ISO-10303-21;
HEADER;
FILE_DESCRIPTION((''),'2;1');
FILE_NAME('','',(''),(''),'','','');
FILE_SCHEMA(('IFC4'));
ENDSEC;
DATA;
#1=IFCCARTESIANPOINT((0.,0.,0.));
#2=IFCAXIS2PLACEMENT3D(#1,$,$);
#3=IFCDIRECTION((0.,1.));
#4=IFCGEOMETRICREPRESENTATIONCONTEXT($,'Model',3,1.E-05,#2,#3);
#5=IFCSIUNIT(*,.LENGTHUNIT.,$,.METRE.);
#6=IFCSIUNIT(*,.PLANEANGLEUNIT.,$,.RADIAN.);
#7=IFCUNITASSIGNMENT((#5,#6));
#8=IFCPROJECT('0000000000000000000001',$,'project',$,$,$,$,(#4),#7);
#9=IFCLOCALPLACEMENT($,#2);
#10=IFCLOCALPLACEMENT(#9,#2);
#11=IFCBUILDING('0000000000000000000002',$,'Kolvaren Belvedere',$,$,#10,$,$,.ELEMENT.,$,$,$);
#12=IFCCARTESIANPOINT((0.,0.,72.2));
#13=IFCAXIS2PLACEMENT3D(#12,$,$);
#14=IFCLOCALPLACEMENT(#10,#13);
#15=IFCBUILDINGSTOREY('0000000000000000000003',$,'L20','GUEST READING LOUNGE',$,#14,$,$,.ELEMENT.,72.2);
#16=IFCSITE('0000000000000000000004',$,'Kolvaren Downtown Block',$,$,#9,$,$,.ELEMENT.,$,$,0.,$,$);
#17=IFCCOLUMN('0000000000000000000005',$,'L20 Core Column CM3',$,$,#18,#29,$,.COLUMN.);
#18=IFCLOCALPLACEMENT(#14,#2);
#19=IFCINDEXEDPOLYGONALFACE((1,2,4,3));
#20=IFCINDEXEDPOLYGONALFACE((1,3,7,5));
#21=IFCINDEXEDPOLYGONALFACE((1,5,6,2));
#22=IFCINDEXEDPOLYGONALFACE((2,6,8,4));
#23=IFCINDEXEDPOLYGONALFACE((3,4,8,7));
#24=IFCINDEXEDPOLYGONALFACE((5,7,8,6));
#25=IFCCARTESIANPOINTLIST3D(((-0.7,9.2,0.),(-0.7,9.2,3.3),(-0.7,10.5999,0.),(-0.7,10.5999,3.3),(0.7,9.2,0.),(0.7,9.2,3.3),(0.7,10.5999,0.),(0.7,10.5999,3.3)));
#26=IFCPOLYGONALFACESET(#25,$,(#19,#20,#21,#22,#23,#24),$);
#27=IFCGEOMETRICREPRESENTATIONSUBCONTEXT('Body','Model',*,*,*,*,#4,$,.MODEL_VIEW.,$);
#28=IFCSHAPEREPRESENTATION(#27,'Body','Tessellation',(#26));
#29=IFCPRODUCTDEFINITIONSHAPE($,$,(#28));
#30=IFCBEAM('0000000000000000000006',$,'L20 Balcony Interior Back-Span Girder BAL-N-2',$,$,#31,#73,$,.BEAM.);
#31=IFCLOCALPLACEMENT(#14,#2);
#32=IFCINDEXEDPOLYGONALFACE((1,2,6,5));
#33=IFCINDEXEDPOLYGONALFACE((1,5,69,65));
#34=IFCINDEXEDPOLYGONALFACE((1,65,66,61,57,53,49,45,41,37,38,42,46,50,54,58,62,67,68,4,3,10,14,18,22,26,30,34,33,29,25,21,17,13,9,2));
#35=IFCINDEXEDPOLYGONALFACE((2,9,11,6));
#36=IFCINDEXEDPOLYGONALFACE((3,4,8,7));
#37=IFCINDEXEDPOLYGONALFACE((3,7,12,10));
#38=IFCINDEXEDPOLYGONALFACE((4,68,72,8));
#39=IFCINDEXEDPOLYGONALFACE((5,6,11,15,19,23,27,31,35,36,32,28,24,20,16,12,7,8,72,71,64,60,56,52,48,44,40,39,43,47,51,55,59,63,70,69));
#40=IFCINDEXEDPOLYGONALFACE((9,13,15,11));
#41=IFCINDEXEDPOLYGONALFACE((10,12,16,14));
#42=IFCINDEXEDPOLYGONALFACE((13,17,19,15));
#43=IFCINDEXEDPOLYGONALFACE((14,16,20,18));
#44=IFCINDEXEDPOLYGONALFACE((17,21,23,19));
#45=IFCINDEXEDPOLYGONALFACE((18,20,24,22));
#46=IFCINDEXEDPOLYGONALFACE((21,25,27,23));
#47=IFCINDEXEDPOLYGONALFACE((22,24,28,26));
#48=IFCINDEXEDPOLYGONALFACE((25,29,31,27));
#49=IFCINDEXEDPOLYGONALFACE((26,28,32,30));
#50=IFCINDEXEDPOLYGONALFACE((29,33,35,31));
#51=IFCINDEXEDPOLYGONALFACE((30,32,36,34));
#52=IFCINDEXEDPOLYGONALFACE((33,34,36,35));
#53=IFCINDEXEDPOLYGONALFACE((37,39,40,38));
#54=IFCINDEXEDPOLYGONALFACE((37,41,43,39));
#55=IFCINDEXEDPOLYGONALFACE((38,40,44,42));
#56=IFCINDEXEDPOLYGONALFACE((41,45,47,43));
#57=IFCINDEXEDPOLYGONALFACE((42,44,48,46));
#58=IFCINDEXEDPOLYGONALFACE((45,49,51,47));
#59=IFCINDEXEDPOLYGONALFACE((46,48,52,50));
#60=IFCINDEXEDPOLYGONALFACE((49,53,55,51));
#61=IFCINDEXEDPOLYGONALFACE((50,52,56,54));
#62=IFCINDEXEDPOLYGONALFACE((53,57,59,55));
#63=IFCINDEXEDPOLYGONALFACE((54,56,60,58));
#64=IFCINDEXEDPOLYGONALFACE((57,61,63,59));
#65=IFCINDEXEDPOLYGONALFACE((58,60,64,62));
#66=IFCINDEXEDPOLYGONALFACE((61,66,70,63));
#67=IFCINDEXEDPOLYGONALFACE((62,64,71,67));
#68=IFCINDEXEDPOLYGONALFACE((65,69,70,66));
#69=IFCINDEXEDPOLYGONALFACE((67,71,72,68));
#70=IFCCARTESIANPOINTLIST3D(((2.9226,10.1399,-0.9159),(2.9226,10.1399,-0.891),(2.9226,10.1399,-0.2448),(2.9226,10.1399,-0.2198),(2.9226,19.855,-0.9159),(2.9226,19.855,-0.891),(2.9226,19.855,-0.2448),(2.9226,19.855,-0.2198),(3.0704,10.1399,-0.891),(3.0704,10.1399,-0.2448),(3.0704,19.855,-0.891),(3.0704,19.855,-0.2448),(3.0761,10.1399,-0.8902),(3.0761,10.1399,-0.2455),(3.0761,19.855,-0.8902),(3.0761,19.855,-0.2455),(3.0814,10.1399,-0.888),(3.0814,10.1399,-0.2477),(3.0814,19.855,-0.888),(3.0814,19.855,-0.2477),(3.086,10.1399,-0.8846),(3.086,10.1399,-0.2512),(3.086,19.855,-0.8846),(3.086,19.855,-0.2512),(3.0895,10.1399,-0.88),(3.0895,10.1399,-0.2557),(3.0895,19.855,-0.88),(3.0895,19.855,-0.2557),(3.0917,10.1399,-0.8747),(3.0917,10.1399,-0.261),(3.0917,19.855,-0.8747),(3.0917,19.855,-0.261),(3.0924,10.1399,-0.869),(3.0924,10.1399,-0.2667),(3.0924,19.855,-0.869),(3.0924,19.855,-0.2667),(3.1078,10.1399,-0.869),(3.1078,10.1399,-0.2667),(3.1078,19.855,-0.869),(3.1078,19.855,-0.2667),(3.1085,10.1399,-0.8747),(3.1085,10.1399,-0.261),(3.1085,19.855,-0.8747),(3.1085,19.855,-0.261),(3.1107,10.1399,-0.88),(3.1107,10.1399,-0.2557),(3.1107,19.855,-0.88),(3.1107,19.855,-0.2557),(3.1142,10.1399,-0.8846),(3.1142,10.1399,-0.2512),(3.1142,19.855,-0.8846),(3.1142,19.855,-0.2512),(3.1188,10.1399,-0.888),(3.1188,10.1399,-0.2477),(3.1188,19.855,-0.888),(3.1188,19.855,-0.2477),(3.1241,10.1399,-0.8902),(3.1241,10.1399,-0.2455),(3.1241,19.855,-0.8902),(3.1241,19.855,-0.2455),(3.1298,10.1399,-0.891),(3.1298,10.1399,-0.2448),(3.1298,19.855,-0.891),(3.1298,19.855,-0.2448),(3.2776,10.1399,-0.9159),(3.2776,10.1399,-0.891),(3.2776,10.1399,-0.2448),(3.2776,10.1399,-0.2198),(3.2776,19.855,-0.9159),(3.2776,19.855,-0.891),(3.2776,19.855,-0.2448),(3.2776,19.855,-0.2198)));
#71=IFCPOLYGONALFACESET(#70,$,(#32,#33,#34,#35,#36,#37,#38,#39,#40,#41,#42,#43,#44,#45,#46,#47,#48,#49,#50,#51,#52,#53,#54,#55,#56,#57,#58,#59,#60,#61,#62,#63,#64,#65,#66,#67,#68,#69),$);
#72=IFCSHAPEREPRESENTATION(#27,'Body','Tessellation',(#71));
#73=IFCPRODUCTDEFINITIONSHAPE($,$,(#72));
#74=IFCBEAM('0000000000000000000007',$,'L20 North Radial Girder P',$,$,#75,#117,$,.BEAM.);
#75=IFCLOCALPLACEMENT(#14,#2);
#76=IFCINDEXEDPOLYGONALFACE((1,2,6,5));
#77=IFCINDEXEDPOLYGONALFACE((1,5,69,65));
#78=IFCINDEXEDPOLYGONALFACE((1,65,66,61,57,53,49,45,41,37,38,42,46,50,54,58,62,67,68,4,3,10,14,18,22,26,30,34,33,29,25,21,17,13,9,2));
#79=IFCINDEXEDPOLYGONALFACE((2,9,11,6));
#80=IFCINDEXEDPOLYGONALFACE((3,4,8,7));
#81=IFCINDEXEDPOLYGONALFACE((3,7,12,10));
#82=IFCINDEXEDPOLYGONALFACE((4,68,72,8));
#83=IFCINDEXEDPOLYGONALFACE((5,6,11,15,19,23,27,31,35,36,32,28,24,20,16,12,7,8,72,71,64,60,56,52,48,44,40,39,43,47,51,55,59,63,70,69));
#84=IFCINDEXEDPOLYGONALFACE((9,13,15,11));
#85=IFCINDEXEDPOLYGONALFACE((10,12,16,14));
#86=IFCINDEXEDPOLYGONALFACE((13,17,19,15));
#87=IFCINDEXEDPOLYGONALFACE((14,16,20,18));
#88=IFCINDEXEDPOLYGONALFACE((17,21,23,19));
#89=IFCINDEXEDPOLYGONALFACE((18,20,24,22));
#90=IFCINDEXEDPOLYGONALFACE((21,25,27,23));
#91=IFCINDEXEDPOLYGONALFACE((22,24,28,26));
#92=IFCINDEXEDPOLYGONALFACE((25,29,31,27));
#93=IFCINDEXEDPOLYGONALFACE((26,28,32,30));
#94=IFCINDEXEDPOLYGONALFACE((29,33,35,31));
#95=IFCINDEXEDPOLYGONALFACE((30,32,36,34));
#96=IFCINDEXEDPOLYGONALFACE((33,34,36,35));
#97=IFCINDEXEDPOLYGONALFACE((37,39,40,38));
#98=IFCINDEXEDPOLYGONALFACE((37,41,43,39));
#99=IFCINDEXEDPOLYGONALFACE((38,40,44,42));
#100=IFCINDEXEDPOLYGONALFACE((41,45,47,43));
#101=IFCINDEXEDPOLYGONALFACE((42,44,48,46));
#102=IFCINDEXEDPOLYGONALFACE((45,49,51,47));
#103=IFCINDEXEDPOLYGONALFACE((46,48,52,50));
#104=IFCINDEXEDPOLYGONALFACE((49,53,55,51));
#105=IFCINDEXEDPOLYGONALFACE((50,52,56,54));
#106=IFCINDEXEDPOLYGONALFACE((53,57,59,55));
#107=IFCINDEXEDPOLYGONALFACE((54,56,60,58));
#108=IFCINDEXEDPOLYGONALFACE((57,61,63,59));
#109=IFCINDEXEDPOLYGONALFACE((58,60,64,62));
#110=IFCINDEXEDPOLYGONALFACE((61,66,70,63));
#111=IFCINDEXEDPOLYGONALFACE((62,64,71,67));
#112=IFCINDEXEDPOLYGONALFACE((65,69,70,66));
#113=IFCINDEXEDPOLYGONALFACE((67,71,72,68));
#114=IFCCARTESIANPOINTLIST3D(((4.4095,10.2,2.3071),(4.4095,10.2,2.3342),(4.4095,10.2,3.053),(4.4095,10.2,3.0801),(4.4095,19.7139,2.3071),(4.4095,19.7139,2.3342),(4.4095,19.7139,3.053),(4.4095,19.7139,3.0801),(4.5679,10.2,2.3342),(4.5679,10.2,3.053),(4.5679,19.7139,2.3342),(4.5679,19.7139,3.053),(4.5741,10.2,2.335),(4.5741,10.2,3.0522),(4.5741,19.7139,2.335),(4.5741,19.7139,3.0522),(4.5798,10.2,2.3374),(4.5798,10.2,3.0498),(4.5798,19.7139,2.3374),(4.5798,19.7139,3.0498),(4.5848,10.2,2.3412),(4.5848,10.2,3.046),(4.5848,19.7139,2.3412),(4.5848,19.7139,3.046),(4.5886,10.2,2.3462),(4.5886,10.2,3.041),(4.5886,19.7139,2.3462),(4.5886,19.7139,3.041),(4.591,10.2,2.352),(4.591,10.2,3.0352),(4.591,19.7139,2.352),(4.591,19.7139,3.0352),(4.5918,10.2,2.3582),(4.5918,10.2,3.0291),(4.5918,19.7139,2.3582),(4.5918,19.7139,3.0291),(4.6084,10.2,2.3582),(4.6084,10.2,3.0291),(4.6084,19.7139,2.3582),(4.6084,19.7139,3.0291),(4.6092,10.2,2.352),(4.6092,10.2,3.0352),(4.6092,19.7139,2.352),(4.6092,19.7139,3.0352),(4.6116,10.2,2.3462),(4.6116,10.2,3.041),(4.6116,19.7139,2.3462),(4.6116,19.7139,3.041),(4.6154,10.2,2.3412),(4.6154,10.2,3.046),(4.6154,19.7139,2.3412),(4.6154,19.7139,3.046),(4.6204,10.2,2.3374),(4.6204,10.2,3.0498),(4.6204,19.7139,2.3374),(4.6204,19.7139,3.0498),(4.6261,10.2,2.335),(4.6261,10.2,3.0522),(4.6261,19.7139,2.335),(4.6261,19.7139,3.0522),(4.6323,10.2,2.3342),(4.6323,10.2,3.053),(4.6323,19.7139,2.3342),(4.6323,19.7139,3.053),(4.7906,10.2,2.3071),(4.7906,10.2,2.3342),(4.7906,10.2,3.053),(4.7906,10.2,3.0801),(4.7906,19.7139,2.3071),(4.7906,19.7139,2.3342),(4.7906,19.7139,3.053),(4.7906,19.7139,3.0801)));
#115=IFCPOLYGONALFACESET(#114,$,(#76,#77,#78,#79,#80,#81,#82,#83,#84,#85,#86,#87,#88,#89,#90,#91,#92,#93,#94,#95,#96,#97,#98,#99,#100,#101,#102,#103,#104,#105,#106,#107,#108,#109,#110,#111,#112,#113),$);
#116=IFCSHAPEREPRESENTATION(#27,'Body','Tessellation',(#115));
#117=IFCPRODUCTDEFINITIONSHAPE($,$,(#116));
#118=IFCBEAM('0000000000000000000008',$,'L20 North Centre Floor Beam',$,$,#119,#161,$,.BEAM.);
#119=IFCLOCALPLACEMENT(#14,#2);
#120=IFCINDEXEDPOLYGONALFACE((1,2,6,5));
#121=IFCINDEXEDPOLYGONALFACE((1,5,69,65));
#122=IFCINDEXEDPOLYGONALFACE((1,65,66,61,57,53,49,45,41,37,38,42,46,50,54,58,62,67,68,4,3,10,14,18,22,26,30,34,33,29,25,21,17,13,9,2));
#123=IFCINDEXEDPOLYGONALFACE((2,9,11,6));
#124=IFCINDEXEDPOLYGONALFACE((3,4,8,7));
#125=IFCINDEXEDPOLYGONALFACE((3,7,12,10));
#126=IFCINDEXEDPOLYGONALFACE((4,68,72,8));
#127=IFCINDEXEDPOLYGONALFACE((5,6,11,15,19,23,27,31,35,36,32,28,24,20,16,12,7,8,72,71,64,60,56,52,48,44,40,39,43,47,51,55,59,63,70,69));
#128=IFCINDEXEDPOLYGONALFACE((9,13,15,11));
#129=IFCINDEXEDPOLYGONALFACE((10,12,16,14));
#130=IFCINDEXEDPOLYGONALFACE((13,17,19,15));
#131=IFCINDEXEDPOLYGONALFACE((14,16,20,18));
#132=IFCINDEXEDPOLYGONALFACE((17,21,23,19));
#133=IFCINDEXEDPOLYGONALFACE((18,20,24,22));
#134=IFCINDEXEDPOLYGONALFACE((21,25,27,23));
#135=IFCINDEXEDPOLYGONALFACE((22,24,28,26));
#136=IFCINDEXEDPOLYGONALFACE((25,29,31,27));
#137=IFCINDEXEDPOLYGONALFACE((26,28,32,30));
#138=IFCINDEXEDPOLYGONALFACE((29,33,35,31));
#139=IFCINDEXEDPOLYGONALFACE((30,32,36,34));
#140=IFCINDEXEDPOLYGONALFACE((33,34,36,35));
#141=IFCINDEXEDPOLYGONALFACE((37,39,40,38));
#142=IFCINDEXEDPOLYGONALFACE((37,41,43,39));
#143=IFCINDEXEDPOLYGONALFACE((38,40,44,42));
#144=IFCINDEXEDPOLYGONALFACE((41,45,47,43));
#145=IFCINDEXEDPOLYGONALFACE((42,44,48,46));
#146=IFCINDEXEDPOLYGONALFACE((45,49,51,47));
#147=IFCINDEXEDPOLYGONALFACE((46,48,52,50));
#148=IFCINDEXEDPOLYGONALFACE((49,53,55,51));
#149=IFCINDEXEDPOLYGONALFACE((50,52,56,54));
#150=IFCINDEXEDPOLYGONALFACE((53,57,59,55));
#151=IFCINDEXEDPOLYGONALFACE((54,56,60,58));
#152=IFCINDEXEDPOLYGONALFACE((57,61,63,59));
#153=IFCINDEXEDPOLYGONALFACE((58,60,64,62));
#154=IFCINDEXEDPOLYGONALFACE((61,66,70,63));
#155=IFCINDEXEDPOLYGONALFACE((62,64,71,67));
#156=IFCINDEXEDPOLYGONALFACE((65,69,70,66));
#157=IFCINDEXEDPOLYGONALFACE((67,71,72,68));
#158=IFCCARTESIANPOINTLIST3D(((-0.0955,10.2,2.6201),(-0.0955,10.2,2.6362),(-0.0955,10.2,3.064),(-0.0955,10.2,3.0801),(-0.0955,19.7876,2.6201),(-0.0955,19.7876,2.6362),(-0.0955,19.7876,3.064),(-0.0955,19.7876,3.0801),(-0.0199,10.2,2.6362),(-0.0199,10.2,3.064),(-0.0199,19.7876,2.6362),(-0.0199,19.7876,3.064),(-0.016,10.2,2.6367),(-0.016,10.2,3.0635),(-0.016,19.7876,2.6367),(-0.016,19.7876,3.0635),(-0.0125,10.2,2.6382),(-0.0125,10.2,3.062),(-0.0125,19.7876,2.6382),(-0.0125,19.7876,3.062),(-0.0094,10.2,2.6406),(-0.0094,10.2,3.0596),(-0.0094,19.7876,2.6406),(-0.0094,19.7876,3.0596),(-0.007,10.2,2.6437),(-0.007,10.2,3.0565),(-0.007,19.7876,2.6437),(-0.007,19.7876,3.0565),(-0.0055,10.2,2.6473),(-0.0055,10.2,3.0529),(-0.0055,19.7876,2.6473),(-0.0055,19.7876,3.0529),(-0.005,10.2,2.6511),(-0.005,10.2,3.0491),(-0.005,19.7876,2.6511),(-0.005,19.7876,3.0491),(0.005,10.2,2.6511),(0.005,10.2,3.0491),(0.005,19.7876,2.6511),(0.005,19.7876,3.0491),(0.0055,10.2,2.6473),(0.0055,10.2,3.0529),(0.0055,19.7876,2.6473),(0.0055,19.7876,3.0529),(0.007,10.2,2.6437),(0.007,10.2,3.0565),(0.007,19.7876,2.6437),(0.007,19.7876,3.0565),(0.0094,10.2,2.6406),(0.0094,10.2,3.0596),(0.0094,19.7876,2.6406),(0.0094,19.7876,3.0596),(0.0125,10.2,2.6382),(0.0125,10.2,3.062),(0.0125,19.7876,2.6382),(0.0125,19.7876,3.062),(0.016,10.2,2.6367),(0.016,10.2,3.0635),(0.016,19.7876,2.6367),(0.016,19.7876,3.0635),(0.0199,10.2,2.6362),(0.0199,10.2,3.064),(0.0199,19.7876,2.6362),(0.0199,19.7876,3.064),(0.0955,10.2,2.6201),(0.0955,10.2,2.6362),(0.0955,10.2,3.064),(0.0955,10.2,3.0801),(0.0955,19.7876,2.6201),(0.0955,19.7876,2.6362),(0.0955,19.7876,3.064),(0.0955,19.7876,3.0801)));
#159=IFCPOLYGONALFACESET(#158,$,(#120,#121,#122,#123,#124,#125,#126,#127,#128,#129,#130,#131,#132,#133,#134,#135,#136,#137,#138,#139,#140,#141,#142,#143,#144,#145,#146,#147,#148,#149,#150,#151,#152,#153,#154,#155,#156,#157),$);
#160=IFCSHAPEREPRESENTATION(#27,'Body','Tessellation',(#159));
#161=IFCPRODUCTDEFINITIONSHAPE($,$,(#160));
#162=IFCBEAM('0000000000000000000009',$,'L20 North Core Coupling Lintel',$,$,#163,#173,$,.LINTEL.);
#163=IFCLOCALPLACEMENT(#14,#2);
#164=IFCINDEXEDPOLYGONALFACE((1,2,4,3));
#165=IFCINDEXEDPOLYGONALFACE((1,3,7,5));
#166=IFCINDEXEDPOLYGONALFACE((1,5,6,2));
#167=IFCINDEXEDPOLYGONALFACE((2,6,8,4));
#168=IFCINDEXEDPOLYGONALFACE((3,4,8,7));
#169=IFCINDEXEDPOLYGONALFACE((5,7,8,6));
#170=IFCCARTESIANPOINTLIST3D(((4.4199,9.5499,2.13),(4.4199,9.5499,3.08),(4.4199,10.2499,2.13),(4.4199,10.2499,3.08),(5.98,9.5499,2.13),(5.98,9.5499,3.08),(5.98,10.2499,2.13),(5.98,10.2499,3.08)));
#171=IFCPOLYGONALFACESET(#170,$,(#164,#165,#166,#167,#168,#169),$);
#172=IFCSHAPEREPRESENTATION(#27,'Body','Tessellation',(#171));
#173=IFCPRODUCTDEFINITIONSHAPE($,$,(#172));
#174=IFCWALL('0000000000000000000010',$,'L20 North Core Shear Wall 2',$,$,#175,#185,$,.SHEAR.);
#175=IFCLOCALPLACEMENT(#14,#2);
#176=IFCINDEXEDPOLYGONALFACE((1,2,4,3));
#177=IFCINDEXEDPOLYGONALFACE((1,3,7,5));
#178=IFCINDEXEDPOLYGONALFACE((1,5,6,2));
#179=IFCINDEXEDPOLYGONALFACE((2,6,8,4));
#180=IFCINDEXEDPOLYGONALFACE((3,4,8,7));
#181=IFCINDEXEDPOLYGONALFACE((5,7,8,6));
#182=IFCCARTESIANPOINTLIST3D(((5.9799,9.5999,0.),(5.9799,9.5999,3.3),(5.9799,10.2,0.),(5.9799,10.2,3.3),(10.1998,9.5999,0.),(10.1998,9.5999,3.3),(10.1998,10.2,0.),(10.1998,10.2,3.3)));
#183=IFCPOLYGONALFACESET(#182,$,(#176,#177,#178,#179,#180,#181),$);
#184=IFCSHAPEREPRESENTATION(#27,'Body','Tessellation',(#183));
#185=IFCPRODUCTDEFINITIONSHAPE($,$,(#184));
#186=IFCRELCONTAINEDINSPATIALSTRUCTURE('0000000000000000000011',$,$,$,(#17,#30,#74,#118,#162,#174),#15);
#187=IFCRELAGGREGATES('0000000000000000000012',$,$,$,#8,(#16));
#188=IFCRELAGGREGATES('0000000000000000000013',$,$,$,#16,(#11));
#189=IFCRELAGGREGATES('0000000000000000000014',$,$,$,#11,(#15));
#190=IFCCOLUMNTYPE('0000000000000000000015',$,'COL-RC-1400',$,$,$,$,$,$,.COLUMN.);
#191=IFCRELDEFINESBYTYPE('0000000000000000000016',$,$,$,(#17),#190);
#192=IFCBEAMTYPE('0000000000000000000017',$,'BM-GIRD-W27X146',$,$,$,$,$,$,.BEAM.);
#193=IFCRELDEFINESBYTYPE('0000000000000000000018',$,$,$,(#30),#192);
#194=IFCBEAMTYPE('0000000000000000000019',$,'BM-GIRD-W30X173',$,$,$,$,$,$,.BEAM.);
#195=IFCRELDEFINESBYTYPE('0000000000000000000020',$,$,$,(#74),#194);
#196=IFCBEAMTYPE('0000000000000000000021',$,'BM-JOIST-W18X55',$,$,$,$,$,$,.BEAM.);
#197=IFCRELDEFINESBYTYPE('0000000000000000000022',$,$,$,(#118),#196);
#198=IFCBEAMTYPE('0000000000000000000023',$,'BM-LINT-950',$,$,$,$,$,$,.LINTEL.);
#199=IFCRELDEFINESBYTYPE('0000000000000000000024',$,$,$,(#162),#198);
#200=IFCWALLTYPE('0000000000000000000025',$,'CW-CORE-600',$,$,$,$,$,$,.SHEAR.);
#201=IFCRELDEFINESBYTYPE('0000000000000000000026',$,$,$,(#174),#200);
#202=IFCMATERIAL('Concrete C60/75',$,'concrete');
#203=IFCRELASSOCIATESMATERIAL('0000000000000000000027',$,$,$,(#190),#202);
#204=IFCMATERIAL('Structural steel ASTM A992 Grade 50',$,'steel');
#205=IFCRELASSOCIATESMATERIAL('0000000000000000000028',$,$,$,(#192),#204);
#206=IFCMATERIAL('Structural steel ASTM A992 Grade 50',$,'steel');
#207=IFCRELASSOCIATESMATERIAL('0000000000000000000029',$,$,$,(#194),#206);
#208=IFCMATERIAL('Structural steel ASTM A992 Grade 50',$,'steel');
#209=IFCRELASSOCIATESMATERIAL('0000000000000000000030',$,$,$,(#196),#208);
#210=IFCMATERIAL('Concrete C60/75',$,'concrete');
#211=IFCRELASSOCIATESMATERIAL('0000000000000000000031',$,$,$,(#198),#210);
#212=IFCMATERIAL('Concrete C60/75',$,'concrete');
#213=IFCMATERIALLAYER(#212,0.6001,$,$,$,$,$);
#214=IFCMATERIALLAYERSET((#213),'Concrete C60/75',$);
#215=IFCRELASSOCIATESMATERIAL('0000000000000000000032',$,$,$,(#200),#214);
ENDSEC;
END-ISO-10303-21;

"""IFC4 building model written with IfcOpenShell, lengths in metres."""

from ifc_helpers import new_model, si_unit, direction, frame, frame_2d, origin, origin_2d, place, context, subcontext, project, spatial, rectangle, i_section, extrude, material, layer, layer_set, material_profile, profile_set, type_object, element, save


model = new_model("IFC4")

# Units and contexts
model_context = context("Model", 3, precision=1e-05, world=origin(), true_north=direction((0.0, 1.0)))
body_context = subcontext(model_context, "Body", "Model", "MODEL_VIEW")
ifc_project = project(units=[si_unit("LENGTHUNIT", "METRE"), si_unit("PLANEANGLEUNIT", "RADIAN")], contexts=[model_context])

# Site, building, storey
site_placement = place(None, origin())
site = spatial("IfcSite", under=ifc_project, at=site_placement, Name="Kolvaren Downtown Block", CompositionType="ELEMENT", RefElevation=0.0)
building_placement = place(site_placement, origin())
building = spatial("IfcBuilding", under=site, at=building_placement, Name="Kolvaren Belvedere", CompositionType="ELEMENT")
storey_placement = place(building_placement, frame((0.0, 0.0, 72.2)))
storey = spatial("IfcBuildingStorey", under=building, at=storey_placement, Name="L20", Description="GUEST READING LOUNGE", CompositionType="ELEMENT", Elevation=72.2)

# Column
ifc_material_1 = material(Name="Concrete C60/75", Category="concrete")
ifc_material_profile_1 = material_profile(ifc_material_1, rectangle(XDim=1.3999, YDim=1.3999, at=origin_2d()), Name="RC 1400X1400")
ifc_profile_set_1 = profile_set([ifc_material_profile_1], Name="Concrete C60/75")
column_type = type_object("IfcColumnType", Name="COL-RC-1400", PredefinedType="COLUMN", material=ifc_profile_set_1)
column_placement = place(storey_placement, frame((0.0, 9.8999, 0.0), z_axis=(0.0, 0.0, 1.0), x_axis=(1.0, 0.0, 0.0)))
element("IfcColumn", 1, at=column_placement, inside=storey, type_object=column_type, Name="L20 Core Column CM3", PredefinedType="COLUMN", context=body_context, shape_type="SweptSolid", body=[
    extrude(rectangle(XDim=1.3999, YDim=1.3999, at=origin_2d()), origin(), (0.0, 0.0, 1.0), 3.3),
])

# Beams
ifc_material_2 = material(Name="Structural steel ASTM A992 Grade 50", Category="steel")
ifc_material_profile_2 = material_profile(ifc_material_2, i_section(OverallWidth=0.355, OverallDepth=0.696, WebThickness=0.0154, FlangeThickness=0.0249, FilletRadius=0.022, at=origin_2d()), Name="W27X146")
ifc_profile_set_2 = profile_set([ifc_material_profile_2], Name="Structural steel ASTM A992 Grade 50")
beam_type_1 = type_object("IfcBeamType", Name="BM-GIRD-W27X146", PredefinedType="BEAM", material=ifc_profile_set_2)
beam_1_placement = place(storey_placement, frame((3.1001, 10.1399, -0.5679), z_axis=(0.0, 1.0, 0.0), x_axis=(-1.0, 0.0, 0.0)))
element("IfcBeam", 2, at=beam_1_placement, inside=storey, type_object=beam_type_1, Name="L20 Balcony Interior Back-Span Girder BAL-N-2", PredefinedType="BEAM", context=body_context, shape_type="SweptSolid", body=[
    extrude(i_section(OverallWidth=0.355, OverallDepth=0.696, WebThickness=0.0154, FlangeThickness=0.0249, FilletRadius=0.022, at=origin_2d()), origin(), (0.0, 0.0, 1.0), 9.7151),
])
ifc_material_3 = material(Name="Structural steel ASTM A992 Grade 50", Category="steel")
ifc_material_profile_3 = material_profile(ifc_material_3, i_section(OverallWidth=0.3811, OverallDepth=0.7729, WebThickness=0.0166, FlangeThickness=0.0271, FilletRadius=0.0239, at=origin_2d()), Name="W30X173")
ifc_profile_set_3 = profile_set([ifc_material_profile_3], Name="Structural steel ASTM A992 Grade 50")
beam_type_2 = type_object("IfcBeamType", Name="BM-GIRD-W30X173", PredefinedType="BEAM", material=ifc_profile_set_3)
beam_2_placement = place(storey_placement, frame((4.6001, 10.2, 2.6936), z_axis=(0.0, 1.0, 0.0), x_axis=(-1.0, 0.0, 0.0)))
element("IfcBeam", 3, at=beam_2_placement, inside=storey, type_object=beam_type_2, Name="L20 North Radial Girder P", PredefinedType="BEAM", context=body_context, shape_type="SweptSolid", body=[
    extrude(i_section(OverallWidth=0.3811, OverallDepth=0.7729, WebThickness=0.0166, FlangeThickness=0.0271, FilletRadius=0.0239, at=origin_2d()), origin(), (0.0, 0.0, 1.0), 9.5139),
])
ifc_material_4 = material(Name="Structural steel ASTM A992 Grade 50", Category="steel")
ifc_material_profile_4 = material_profile(ifc_material_4, i_section(OverallWidth=0.1909, OverallDepth=0.46, WebThickness=0.01, FlangeThickness=0.0161, FilletRadius=0.0149, at=origin_2d()), Name="W18X55")
ifc_profile_set_4 = profile_set([ifc_material_profile_4], Name="Structural steel ASTM A992 Grade 50")
beam_type_3 = type_object("IfcBeamType", Name="BM-JOIST-W18X55", PredefinedType="BEAM", material=ifc_profile_set_4)
beam_3_placement = place(storey_placement, frame((0.0, 10.2, 2.8501), z_axis=(0.0, 1.0, 0.0), x_axis=(-1.0, 0.0, 0.0)))
element("IfcBeam", 4, at=beam_3_placement, inside=storey, type_object=beam_type_3, Name="L20 North Centre Floor Beam", PredefinedType="BEAM", context=body_context, shape_type="SweptSolid", body=[
    extrude(i_section(OverallWidth=0.1909, OverallDepth=0.46, WebThickness=0.01, FlangeThickness=0.0161, FilletRadius=0.0149, at=origin_2d()), origin(), (0.0, 0.0, 1.0), 9.5876),
])
ifc_material_5 = material(Name="Concrete C60/75", Category="concrete")
ifc_material_profile_5 = material_profile(ifc_material_5, rectangle(XDim=0.7, YDim=0.95, at=origin_2d()), Name="RC 700X950")
ifc_profile_set_5 = profile_set([ifc_material_profile_5], Name="Concrete C60/75")
beam_type_4 = type_object("IfcBeamType", Name="BM-LINT-950", PredefinedType="LINTEL", material=ifc_profile_set_5)
beam_4_placement = place(storey_placement, frame((4.4199, 9.8999, 2.605), z_axis=(1.0, 0.0, 0.0), x_axis=(0.0, 1.0, 0.0)))
element("IfcBeam", 5, at=beam_4_placement, inside=storey, type_object=beam_type_4, Name="L20 North Core Coupling Lintel", PredefinedType="LINTEL", context=body_context, shape_type="SweptSolid", body=[
    extrude(rectangle(XDim=0.7, YDim=0.95, at=origin_2d()), origin(), (0.0, 0.0, 1.0), 1.5601),
])

# Wall
ifc_material_6 = material(Name="Concrete C60/75", Category="concrete")
ifc_layer_1 = layer(ifc_material_6, 0.6001)
ifc_layer_set_1 = layer_set([ifc_layer_1], Name="Concrete C60/75")
wall_type_1 = type_object("IfcWallType", Name="CW-CORE-600", PredefinedType="SHEAR", material=ifc_layer_set_1)
wall_1_placement = place(storey_placement, frame((5.98, 9.8999, 0.0), z_axis=(0.0, 0.0, 1.0), x_axis=(1.0, 0.0, 0.0)))
element("IfcWall", 6, at=wall_1_placement, inside=storey, type_object=wall_type_1, Name="L20 North Core Shear Wall 2", PredefinedType="SHEAR", context=body_context, shape_type="SweptSolid", body=[
    extrude(rectangle(XDim=4.22, YDim=0.6001, at=frame_2d((2.1099, 0.0))), origin(), (0.0, 0.0, 1.0), 3.3),
])

save(model, "model.ifc")
